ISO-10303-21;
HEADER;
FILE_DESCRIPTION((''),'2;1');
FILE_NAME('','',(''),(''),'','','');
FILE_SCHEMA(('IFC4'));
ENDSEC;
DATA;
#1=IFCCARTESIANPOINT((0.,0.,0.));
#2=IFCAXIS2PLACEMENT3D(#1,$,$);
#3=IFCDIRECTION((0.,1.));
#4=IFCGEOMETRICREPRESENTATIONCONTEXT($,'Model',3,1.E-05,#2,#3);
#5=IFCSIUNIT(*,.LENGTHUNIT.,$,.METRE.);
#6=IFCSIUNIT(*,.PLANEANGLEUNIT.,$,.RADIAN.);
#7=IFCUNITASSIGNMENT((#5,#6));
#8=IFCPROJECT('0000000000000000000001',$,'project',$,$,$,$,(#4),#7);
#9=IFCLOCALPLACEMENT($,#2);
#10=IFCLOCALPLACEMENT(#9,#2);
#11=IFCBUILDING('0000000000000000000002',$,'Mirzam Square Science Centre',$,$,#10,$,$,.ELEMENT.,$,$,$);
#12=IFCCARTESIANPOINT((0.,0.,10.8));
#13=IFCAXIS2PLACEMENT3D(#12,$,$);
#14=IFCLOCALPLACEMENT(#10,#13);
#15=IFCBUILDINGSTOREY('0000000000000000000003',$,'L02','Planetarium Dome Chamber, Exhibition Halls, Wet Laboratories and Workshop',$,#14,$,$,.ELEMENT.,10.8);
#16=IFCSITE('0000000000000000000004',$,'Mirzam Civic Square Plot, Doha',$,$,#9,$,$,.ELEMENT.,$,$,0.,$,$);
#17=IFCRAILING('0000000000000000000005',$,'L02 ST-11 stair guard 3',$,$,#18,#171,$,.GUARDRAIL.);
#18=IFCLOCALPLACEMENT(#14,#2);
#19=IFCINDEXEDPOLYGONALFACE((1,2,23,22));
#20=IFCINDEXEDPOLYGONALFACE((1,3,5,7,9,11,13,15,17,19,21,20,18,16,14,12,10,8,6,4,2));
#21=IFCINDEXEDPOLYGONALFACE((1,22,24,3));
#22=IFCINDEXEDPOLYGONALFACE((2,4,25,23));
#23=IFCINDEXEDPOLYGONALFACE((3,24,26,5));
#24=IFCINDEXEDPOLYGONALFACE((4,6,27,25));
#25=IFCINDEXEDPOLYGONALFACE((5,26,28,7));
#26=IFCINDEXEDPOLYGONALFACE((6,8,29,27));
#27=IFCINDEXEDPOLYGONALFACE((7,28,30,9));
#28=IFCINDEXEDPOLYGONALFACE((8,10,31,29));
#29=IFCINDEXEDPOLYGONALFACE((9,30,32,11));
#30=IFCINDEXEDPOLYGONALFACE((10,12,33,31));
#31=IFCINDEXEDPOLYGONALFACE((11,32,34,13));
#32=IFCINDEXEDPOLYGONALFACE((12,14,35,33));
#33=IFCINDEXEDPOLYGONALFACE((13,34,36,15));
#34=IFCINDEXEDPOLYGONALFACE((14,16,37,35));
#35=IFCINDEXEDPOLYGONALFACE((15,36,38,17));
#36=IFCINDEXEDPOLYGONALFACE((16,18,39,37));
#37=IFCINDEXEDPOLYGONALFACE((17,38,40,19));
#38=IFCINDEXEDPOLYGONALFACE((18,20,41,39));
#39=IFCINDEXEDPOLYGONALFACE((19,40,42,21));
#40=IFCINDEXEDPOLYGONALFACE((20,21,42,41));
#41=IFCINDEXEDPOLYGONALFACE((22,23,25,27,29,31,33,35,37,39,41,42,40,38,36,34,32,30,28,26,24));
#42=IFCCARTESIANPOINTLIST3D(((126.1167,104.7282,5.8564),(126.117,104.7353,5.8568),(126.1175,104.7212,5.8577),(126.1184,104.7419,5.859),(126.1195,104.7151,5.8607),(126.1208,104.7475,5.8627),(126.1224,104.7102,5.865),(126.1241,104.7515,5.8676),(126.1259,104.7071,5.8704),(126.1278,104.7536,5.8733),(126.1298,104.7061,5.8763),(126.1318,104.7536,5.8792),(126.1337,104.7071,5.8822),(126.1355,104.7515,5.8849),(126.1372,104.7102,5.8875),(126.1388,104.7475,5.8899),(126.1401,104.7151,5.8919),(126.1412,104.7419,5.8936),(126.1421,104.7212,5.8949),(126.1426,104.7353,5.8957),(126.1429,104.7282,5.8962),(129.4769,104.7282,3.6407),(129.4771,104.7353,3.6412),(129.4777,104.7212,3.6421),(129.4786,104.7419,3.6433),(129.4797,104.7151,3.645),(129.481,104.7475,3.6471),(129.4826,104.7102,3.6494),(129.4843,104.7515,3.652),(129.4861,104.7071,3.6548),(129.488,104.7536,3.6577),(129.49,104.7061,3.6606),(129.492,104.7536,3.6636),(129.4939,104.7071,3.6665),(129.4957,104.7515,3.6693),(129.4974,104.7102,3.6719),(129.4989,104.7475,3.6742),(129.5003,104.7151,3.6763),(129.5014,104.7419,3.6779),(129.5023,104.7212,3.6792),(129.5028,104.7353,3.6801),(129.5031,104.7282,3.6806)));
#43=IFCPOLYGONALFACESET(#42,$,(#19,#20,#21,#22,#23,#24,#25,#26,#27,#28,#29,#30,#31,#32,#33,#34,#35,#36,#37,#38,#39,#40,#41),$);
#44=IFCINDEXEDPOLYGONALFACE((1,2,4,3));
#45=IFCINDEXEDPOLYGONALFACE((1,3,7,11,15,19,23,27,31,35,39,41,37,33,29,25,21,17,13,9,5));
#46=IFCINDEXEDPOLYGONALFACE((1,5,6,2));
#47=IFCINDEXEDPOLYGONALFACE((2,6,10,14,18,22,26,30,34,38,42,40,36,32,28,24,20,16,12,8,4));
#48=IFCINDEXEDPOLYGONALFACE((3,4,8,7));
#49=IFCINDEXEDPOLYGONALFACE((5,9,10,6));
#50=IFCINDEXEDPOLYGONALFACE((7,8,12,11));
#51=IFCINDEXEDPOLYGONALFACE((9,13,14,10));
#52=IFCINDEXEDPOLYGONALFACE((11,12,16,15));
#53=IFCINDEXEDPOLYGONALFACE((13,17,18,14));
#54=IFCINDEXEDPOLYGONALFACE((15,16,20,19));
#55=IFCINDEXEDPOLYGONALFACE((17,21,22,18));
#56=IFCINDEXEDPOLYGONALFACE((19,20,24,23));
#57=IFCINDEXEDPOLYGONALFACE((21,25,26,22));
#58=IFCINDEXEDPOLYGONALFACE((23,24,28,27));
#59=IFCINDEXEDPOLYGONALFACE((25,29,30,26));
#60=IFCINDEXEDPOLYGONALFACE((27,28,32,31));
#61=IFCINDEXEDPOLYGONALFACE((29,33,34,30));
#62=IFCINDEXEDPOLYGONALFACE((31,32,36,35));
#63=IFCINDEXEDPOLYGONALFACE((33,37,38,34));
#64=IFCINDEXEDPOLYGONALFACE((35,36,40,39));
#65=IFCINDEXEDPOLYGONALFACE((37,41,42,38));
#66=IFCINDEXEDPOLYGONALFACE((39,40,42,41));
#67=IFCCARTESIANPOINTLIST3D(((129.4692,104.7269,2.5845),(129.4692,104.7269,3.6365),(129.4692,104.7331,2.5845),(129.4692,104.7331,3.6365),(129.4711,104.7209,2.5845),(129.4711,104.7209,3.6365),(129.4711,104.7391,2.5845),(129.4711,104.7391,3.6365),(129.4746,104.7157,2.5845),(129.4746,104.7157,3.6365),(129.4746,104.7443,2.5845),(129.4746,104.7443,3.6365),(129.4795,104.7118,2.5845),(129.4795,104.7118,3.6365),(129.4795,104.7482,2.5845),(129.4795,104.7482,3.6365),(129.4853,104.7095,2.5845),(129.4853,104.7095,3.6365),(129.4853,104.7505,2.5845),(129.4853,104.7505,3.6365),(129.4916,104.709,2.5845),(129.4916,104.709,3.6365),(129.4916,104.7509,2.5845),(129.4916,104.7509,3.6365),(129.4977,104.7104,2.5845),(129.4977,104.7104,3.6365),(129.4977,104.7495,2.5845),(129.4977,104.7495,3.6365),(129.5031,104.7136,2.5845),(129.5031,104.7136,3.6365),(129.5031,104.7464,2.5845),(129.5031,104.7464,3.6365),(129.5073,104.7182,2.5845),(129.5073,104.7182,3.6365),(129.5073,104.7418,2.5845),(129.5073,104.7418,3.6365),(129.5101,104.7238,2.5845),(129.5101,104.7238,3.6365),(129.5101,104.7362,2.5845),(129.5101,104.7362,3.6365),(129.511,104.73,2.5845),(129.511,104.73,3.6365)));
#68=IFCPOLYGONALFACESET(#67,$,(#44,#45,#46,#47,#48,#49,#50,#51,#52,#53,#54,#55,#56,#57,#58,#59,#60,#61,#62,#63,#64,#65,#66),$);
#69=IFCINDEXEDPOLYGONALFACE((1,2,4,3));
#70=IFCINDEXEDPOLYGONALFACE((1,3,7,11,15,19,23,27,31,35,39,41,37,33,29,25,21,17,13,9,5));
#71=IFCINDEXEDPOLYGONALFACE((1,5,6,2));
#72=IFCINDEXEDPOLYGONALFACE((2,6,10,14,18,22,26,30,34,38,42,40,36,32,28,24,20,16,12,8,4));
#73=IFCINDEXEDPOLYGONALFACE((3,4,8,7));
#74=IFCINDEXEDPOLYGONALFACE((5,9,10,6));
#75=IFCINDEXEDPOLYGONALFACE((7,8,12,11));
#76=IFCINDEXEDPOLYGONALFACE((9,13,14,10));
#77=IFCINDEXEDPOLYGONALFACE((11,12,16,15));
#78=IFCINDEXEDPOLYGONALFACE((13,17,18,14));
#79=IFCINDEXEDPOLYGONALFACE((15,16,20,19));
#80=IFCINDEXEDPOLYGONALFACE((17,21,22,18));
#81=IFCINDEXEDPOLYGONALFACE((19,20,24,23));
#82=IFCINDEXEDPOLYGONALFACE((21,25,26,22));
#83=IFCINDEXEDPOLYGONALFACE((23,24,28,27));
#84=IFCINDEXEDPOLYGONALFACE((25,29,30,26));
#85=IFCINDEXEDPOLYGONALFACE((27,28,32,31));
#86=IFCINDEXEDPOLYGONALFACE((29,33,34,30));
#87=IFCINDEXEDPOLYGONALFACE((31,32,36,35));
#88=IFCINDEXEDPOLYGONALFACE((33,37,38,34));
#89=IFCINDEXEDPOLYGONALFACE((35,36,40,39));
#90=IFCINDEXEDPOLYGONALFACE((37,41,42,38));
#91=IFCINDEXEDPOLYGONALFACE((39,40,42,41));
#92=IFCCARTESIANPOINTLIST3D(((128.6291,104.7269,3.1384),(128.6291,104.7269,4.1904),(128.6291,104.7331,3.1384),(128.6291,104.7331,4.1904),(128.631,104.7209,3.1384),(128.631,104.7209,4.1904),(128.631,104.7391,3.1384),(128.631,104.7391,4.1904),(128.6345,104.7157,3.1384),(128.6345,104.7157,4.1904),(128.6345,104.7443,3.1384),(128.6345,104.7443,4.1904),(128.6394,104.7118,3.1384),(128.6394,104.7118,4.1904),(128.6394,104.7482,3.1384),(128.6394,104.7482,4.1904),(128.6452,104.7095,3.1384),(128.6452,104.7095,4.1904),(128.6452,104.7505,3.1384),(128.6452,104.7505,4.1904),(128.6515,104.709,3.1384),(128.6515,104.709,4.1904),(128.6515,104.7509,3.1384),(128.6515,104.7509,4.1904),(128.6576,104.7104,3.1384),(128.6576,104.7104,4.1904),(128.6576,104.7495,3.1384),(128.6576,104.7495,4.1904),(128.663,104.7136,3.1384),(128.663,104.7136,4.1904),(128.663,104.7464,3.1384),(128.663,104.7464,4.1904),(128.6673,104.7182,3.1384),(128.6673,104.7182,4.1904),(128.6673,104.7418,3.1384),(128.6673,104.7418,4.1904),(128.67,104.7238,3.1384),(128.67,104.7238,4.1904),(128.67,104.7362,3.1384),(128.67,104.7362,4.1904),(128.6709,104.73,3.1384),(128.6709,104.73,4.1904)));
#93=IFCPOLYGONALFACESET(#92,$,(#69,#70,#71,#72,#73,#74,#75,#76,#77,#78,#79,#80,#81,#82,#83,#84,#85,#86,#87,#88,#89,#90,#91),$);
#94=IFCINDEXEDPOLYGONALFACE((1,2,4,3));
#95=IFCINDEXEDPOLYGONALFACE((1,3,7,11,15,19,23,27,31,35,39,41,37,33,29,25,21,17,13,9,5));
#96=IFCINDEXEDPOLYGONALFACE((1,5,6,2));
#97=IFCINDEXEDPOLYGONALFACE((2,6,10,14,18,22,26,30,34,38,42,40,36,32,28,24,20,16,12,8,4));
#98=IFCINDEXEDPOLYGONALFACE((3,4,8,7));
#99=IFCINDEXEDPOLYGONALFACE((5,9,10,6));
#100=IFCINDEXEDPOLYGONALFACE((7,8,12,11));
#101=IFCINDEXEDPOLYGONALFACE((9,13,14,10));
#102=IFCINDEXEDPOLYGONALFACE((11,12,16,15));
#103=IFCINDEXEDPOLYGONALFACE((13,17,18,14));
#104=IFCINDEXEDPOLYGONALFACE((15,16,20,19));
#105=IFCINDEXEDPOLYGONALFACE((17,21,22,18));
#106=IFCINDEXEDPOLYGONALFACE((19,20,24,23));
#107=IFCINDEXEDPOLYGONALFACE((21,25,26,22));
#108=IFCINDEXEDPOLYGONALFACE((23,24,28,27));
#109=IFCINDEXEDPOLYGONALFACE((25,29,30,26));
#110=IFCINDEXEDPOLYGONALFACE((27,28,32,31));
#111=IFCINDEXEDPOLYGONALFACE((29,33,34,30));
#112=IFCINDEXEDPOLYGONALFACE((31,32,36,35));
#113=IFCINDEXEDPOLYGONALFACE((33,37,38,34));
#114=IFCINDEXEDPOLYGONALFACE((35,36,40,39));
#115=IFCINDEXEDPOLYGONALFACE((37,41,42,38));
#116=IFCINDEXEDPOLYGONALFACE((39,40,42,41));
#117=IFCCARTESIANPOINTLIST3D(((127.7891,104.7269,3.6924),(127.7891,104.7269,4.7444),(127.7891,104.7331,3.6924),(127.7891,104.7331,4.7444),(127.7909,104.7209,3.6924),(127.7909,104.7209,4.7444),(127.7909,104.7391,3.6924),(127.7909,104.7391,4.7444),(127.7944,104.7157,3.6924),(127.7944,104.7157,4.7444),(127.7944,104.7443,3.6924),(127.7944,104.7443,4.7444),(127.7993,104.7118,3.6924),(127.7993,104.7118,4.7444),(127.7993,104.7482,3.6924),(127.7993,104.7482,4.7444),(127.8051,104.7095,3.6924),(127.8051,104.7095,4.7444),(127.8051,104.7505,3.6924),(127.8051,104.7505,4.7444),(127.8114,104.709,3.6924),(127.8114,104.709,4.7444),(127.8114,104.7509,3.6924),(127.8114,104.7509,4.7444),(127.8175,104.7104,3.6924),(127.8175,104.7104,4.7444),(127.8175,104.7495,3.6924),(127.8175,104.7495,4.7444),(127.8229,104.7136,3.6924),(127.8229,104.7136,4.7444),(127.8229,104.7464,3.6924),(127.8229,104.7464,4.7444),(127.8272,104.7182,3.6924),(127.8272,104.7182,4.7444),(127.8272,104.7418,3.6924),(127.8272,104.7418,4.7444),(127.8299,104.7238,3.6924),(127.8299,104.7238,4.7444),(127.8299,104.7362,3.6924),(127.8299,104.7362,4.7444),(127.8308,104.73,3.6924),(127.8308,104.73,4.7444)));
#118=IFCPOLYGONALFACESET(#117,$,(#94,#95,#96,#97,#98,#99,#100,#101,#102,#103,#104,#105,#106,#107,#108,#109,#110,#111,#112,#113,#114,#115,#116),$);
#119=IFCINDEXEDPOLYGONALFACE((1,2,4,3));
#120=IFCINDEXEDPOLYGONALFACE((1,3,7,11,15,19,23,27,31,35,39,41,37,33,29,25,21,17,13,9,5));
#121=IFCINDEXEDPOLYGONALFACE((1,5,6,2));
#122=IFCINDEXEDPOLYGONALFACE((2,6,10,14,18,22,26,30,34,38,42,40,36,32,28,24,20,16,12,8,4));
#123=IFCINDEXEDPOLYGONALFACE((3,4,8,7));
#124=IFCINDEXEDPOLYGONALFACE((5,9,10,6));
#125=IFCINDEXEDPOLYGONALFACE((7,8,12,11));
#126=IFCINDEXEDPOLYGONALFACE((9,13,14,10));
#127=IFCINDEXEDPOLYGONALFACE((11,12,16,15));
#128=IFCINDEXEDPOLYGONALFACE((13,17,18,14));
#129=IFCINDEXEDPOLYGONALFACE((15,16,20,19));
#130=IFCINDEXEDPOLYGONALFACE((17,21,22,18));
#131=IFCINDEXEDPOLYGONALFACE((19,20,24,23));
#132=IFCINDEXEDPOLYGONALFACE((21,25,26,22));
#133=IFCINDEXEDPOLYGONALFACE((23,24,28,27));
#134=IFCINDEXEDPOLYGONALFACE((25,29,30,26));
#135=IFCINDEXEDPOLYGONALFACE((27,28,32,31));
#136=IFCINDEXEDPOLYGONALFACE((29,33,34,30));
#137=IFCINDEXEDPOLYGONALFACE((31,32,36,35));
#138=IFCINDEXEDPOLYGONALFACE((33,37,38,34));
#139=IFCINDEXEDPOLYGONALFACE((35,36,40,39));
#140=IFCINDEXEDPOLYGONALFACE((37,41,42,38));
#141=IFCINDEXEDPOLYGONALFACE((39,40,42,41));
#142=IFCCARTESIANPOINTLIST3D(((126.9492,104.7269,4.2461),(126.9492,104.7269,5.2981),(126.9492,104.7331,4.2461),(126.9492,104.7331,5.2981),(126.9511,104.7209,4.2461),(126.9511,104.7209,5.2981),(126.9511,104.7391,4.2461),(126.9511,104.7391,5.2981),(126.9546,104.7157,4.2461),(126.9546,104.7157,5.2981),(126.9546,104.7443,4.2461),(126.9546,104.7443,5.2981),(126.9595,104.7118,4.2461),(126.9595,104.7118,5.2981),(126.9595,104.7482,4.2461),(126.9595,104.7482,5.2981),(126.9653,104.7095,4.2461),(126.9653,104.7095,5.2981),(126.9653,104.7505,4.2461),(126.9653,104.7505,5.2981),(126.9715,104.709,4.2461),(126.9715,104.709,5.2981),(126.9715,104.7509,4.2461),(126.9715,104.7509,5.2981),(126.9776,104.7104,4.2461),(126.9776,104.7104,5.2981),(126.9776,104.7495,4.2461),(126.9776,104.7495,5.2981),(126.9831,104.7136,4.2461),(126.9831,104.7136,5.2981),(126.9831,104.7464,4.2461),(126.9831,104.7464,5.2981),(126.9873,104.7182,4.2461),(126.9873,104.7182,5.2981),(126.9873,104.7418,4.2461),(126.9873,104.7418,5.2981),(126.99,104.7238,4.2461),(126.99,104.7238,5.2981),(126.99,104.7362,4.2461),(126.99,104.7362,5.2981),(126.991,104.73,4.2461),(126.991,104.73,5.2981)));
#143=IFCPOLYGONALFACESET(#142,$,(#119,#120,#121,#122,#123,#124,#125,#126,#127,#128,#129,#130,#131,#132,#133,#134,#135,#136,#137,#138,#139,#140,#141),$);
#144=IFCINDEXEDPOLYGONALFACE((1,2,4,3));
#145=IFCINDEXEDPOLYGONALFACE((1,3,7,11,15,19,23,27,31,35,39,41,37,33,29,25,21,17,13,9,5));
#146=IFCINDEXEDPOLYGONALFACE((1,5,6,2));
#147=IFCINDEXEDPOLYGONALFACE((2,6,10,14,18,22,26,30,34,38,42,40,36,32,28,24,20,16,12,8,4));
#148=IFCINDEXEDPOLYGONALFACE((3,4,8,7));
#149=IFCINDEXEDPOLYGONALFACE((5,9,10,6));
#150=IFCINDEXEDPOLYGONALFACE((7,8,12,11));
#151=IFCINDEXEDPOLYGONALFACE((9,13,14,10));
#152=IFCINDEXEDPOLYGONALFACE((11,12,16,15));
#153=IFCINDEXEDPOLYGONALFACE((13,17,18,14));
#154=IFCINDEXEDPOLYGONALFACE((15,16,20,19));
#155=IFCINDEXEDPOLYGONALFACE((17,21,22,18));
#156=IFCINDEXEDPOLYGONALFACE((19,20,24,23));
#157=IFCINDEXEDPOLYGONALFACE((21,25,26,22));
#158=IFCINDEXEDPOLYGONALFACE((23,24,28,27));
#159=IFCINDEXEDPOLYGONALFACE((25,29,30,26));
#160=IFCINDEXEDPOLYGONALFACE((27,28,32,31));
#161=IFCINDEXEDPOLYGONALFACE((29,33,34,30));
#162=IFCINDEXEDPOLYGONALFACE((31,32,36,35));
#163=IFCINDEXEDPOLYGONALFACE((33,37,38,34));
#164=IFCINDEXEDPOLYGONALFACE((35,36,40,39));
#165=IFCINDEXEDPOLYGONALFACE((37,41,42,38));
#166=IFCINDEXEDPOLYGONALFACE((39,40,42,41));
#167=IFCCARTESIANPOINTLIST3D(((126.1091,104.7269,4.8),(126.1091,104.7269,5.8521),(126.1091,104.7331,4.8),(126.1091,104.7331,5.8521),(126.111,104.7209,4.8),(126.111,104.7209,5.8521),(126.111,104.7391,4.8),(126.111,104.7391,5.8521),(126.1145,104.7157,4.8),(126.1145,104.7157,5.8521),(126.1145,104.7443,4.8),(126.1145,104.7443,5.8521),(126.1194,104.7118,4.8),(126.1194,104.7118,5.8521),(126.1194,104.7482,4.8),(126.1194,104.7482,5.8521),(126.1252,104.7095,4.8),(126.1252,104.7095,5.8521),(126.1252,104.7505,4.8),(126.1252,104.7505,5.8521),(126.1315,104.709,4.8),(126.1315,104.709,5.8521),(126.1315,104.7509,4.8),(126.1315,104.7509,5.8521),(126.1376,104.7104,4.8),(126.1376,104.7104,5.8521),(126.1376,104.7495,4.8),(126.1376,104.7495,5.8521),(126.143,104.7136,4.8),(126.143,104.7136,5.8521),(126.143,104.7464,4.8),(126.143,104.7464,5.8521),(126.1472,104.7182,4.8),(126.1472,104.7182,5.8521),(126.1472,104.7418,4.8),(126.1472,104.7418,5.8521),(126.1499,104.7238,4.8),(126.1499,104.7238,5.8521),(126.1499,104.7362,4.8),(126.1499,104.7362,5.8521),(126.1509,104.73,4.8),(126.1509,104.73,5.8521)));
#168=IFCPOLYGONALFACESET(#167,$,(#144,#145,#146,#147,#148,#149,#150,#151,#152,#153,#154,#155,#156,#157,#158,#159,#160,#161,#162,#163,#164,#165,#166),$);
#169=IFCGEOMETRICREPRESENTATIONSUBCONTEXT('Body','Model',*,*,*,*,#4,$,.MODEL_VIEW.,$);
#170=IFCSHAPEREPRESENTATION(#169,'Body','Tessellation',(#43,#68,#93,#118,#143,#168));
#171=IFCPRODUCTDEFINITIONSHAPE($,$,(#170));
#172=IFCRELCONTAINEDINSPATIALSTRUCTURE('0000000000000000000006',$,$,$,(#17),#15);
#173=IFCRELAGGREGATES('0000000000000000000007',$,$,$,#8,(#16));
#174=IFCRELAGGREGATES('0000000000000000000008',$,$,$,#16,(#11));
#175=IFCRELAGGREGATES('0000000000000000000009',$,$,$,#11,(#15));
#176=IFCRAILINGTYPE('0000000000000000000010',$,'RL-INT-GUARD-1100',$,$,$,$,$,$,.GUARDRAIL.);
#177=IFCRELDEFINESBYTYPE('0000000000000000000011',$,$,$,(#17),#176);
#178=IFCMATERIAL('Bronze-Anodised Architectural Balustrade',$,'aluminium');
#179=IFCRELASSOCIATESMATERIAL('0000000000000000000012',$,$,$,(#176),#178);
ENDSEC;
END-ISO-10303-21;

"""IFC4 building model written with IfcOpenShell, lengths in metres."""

from ifc_helpers import new_model, si_unit, direction, frame, origin, origin_2d, place, context, subcontext, project, spatial, circle, extrude, material, type_object, element, save


model = new_model("IFC4")

# Units and contexts
model_context = context("Model", 3, precision=1e-05, world=origin(), true_north=direction((0.0, 1.0)))
body_context = subcontext(model_context, "Body", "Model", "MODEL_VIEW")
ifc_project = project(units=[si_unit("LENGTHUNIT", "METRE"), si_unit("PLANEANGLEUNIT", "RADIAN")], contexts=[model_context])

# Site, building, storey
site_placement = place(None, origin())
site = spatial("IfcSite", under=ifc_project, at=site_placement, Name="Mirzam Civic Square Plot, Doha", CompositionType="ELEMENT", RefElevation=0.0)
building_placement = place(site_placement, origin())
building = spatial("IfcBuilding", under=site, at=building_placement, Name="Mirzam Square Science Centre", CompositionType="ELEMENT")
storey_placement = place(building_placement, frame((0.0, 0.0, 10.8)))
storey = spatial("IfcBuildingStorey", under=building, at=storey_placement, Name="L02", Description="Planetarium Dome Chamber, Exhibition Halls, Wet Laboratories and Workshop", CompositionType="ELEMENT", Elevation=10.8)

# Railing
ifc_material_1 = material(Name="Bronze-Anodised Architectural Balustrade", Category="aluminium")
railing_type_1 = type_object("IfcRailingType", Name="RL-INT-GUARD-1100", PredefinedType="GUARDRAIL", material=ifc_material_1)
railing_1_placement = place(storey_placement, frame((129.49, 104.73, 2.5845)))
element("IfcRailing", 1, at=railing_1_placement, inside=storey, type_object=railing_type_1, Name="L02 ST-11 stair guard 3", PredefinedType="GUARDRAIL", context=body_context, shape_type="SweptSolid", body=[
    extrude(circle(Radius=0.0239, at=origin_2d()), frame((0.0, 0.0, 1.0762), z_axis=(-0.834849, 0.0, 0.55048), x_axis=(0.0, -1.0, 0.0)), (0.0, 0.0, 1.0), 4.0249),
    extrude(circle(Radius=0.021, at=origin_2d()), origin(), (0.0, 0.0, 1.0), 1.052),
    extrude(circle(Radius=0.021, at=origin_2d()), frame((-0.8401, 0.0, 0.554)), (0.0, 0.0, 1.0), 1.052),
    extrude(circle(Radius=0.021, at=origin_2d()), frame((-1.6802, 0.0, 1.1079)), (0.0, 0.0, 1.0), 1.052),
    extrude(circle(Radius=0.021, at=origin_2d()), frame((-2.52, 0.0, 1.6616)), (0.0, 0.0, 1.0), 1.052),
    extrude(circle(Radius=0.021, at=origin_2d()), frame((-3.3601, 0.0, 2.2156)), (0.0, 0.0, 1.0), 1.052),
])

save(model, "model.ifc")
